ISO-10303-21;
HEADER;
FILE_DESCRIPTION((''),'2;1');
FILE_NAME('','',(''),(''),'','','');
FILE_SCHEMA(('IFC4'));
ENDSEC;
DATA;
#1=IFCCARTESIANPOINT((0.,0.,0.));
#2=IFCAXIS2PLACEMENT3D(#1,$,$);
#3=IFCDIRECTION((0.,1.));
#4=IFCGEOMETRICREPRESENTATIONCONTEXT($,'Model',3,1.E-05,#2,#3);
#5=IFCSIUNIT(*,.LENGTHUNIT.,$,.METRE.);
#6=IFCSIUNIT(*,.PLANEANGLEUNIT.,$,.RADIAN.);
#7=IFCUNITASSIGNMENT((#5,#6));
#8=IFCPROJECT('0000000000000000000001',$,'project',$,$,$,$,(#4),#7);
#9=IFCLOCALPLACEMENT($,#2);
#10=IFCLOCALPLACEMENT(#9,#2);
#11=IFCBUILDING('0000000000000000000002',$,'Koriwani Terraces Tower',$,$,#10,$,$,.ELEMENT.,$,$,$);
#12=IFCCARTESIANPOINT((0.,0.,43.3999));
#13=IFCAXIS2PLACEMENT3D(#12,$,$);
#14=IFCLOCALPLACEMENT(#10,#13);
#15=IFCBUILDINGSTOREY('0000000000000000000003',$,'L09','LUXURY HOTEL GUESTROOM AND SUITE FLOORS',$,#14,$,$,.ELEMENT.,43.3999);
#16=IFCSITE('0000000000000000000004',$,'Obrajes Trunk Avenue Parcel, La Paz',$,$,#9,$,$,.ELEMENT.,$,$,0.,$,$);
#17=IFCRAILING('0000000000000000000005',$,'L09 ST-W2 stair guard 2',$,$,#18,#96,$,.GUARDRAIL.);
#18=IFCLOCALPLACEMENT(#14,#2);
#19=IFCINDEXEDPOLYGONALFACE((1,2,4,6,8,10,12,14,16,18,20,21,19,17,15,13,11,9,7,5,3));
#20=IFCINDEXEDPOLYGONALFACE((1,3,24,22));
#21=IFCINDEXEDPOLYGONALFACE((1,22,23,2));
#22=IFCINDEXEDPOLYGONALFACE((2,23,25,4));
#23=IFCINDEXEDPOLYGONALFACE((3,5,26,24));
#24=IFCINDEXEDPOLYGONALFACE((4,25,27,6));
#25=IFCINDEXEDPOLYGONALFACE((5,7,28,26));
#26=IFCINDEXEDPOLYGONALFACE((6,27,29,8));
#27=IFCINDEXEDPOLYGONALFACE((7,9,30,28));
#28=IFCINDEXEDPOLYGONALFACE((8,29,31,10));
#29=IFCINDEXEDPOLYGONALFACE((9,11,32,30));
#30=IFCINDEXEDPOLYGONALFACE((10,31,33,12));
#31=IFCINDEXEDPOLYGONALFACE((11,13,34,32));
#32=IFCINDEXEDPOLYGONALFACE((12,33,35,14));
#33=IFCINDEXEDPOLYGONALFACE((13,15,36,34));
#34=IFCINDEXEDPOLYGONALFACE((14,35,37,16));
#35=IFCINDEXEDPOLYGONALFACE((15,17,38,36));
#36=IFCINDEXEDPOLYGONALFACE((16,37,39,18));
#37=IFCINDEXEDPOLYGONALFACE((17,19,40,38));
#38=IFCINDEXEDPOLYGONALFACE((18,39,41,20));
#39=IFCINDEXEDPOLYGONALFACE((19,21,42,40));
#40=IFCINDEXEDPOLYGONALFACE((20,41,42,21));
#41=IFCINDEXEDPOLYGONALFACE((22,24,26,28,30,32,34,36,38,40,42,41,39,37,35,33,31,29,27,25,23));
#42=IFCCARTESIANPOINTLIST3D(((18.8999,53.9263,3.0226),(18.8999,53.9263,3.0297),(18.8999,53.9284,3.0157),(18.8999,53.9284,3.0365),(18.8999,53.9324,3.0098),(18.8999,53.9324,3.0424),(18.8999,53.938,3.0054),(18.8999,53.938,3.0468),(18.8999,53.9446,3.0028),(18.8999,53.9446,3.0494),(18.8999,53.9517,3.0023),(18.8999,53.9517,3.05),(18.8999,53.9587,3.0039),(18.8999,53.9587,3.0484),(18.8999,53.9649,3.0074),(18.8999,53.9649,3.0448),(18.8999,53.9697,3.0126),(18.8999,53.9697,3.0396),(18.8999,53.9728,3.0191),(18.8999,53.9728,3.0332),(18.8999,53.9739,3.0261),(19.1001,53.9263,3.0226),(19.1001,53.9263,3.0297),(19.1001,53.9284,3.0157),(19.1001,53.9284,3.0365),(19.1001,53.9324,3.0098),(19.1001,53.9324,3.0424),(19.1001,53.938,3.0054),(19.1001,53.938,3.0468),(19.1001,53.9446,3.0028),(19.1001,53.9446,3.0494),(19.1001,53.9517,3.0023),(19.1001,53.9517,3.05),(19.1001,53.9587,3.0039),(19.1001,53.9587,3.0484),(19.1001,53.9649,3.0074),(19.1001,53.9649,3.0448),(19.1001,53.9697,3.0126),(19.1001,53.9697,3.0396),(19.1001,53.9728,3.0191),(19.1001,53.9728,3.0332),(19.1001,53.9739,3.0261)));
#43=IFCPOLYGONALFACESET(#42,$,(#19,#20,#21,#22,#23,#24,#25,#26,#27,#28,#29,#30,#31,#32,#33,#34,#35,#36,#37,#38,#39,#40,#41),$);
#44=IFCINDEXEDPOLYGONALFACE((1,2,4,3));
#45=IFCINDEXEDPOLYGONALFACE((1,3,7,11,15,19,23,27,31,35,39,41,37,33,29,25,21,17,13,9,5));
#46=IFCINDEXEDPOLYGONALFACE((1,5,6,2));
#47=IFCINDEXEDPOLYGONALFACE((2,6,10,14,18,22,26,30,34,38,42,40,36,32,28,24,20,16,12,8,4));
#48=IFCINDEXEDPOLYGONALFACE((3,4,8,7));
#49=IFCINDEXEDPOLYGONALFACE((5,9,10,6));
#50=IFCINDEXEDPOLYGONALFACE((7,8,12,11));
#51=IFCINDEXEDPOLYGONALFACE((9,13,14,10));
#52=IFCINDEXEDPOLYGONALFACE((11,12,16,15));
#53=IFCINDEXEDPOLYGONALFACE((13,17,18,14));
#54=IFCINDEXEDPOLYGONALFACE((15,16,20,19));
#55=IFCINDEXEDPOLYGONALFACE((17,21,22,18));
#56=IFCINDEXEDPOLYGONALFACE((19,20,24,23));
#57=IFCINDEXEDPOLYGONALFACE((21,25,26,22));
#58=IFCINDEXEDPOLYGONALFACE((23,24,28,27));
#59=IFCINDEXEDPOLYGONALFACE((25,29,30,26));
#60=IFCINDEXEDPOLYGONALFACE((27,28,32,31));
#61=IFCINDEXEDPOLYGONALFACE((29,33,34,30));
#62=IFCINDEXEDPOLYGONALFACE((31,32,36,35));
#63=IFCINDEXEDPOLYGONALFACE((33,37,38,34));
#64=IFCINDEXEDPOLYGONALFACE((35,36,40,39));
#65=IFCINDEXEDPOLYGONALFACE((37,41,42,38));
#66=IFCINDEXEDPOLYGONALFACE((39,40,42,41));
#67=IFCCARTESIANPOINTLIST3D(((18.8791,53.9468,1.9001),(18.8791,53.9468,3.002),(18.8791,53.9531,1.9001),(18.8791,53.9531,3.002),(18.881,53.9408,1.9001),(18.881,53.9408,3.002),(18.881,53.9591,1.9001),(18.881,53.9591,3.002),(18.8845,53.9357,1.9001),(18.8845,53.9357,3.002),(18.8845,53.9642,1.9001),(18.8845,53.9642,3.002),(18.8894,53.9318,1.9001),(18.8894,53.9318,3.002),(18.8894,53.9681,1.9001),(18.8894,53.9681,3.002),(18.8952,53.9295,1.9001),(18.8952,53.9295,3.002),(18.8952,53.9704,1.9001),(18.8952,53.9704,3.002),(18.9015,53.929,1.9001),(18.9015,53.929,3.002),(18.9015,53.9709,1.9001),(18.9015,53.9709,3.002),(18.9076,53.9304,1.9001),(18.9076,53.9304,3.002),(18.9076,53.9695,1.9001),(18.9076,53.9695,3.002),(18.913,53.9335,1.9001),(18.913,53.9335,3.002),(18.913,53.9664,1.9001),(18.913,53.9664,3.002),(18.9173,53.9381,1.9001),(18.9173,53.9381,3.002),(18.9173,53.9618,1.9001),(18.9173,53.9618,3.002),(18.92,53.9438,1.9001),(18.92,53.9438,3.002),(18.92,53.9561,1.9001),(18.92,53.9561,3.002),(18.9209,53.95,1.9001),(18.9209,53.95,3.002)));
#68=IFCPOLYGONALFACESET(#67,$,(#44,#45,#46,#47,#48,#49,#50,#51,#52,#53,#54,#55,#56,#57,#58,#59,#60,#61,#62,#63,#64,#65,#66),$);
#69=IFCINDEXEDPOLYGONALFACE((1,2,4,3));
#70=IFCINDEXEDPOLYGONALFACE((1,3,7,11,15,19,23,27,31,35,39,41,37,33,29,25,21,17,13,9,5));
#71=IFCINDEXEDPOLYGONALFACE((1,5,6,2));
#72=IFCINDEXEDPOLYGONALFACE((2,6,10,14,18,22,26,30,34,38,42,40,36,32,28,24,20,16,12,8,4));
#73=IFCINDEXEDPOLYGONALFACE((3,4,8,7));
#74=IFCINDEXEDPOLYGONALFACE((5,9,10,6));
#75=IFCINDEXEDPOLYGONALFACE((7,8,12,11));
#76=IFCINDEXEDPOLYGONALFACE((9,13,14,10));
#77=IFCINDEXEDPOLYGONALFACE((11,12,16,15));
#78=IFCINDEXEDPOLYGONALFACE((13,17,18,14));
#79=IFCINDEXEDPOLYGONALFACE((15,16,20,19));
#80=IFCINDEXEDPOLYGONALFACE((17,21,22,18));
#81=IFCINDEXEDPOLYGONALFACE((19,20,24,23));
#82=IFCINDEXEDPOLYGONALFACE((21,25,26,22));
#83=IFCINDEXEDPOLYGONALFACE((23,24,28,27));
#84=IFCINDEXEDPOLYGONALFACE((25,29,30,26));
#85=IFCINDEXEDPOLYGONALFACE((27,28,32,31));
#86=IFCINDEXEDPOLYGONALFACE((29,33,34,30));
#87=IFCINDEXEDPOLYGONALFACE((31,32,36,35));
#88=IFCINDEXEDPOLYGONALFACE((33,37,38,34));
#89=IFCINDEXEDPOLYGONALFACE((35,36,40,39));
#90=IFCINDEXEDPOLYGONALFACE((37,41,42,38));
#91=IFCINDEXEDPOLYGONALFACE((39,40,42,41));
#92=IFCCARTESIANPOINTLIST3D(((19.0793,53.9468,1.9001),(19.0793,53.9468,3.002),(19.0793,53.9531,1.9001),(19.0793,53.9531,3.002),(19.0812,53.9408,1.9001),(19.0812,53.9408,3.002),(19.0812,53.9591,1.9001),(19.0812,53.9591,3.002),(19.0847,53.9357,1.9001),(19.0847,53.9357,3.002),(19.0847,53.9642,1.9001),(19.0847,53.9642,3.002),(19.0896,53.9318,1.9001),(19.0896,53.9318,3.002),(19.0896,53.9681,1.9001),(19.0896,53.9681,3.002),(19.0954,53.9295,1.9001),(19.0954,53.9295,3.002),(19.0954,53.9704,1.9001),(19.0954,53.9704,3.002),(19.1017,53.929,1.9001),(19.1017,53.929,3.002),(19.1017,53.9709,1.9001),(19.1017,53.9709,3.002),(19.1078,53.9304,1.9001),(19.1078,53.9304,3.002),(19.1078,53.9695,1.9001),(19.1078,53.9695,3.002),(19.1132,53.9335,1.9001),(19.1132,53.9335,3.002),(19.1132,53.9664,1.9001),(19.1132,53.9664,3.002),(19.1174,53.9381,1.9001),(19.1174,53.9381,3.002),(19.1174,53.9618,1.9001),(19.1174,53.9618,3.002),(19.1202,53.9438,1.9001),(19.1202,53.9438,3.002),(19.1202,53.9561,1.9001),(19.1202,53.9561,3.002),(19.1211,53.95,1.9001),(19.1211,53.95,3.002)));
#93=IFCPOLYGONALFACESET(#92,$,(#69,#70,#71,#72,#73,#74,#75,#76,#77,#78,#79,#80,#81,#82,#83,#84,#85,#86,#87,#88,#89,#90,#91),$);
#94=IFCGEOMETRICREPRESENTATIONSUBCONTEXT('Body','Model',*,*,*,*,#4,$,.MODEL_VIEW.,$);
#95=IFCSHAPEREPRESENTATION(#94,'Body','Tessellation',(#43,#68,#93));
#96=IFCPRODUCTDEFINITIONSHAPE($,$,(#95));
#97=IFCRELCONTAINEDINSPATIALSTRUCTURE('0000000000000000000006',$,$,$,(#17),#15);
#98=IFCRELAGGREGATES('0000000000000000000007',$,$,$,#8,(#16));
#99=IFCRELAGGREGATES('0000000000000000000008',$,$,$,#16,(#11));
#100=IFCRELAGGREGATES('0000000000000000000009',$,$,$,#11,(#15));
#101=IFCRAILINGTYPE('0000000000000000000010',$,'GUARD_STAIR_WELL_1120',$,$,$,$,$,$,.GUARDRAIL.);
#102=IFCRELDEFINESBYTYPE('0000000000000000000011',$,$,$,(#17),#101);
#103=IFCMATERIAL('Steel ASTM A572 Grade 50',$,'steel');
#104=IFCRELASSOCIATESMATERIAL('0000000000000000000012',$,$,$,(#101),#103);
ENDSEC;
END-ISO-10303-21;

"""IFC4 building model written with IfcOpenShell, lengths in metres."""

from ifc_helpers import new_model, si_unit, direction, frame, origin, origin_2d, place, context, subcontext, project, spatial, circle, extrude, material, type_object, element, save


model = new_model("IFC4")

# Units and contexts
model_context = context("Model", 3, precision=1e-05, world=origin(), true_north=direction((0.0, 1.0)))
body_context = subcontext(model_context, "Body", "Model", "MODEL_VIEW")
ifc_project = project(units=[si_unit("LENGTHUNIT", "METRE"), si_unit("PLANEANGLEUNIT", "RADIAN")], contexts=[model_context])

# Site, building, storey
site_placement = place(None, origin())
site = spatial("IfcSite", under=ifc_project, at=site_placement, Name="Obrajes Trunk Avenue Parcel, La Paz", CompositionType="ELEMENT", RefElevation=0.0)
building_placement = place(site_placement, origin())
building = spatial("IfcBuilding", under=site, at=building_placement, Name="Koriwani Terraces Tower", CompositionType="ELEMENT")
storey_placement = place(building_placement, frame((0.0, 0.0, 43.3999)))
storey = spatial("IfcBuildingStorey", under=building, at=storey_placement, Name="L09", Description="LUXURY HOTEL GUESTROOM AND SUITE FLOORS", CompositionType="ELEMENT", Elevation=43.3999)

# Shared definitions
ifc_material_1 = material(Name="Steel ASTM A572 Grade 50", Category="steel")

# Railing
railing_type_1 = type_object("IfcRailingType", Name="GUARD_STAIR_WELL_1120", PredefinedType="GUARDRAIL", material=ifc_material_1)
railing_1_placement = place(storey_placement, frame((18.8999, 53.95, 1.9001)))
element("IfcRailing", 1, at=railing_1_placement, inside=storey, type_object=railing_type_1, Name="L09 ST-W2 stair guard 2", PredefinedType="GUARDRAIL", context=body_context, shape_type="SweptSolid", body=[
    extrude(circle(Radius=0.0239, at=origin_2d()), frame((0.0, 0.0, 1.126), z_axis=(1.0, 0.0, 0.0), x_axis=(0.0, 1.0, 0.0)), (0.0, 0.0, 1.0), 0.2002),
    extrude(circle(Radius=0.021, at=origin_2d()), origin(), (0.0, 0.0, 1.0), 1.1018),
    extrude(circle(Radius=0.021, at=origin_2d()), frame((0.2002, 0.0, 0.0)), (0.0, 0.0, 1.0), 1.1018),
])

save(model, "model.ifc")
